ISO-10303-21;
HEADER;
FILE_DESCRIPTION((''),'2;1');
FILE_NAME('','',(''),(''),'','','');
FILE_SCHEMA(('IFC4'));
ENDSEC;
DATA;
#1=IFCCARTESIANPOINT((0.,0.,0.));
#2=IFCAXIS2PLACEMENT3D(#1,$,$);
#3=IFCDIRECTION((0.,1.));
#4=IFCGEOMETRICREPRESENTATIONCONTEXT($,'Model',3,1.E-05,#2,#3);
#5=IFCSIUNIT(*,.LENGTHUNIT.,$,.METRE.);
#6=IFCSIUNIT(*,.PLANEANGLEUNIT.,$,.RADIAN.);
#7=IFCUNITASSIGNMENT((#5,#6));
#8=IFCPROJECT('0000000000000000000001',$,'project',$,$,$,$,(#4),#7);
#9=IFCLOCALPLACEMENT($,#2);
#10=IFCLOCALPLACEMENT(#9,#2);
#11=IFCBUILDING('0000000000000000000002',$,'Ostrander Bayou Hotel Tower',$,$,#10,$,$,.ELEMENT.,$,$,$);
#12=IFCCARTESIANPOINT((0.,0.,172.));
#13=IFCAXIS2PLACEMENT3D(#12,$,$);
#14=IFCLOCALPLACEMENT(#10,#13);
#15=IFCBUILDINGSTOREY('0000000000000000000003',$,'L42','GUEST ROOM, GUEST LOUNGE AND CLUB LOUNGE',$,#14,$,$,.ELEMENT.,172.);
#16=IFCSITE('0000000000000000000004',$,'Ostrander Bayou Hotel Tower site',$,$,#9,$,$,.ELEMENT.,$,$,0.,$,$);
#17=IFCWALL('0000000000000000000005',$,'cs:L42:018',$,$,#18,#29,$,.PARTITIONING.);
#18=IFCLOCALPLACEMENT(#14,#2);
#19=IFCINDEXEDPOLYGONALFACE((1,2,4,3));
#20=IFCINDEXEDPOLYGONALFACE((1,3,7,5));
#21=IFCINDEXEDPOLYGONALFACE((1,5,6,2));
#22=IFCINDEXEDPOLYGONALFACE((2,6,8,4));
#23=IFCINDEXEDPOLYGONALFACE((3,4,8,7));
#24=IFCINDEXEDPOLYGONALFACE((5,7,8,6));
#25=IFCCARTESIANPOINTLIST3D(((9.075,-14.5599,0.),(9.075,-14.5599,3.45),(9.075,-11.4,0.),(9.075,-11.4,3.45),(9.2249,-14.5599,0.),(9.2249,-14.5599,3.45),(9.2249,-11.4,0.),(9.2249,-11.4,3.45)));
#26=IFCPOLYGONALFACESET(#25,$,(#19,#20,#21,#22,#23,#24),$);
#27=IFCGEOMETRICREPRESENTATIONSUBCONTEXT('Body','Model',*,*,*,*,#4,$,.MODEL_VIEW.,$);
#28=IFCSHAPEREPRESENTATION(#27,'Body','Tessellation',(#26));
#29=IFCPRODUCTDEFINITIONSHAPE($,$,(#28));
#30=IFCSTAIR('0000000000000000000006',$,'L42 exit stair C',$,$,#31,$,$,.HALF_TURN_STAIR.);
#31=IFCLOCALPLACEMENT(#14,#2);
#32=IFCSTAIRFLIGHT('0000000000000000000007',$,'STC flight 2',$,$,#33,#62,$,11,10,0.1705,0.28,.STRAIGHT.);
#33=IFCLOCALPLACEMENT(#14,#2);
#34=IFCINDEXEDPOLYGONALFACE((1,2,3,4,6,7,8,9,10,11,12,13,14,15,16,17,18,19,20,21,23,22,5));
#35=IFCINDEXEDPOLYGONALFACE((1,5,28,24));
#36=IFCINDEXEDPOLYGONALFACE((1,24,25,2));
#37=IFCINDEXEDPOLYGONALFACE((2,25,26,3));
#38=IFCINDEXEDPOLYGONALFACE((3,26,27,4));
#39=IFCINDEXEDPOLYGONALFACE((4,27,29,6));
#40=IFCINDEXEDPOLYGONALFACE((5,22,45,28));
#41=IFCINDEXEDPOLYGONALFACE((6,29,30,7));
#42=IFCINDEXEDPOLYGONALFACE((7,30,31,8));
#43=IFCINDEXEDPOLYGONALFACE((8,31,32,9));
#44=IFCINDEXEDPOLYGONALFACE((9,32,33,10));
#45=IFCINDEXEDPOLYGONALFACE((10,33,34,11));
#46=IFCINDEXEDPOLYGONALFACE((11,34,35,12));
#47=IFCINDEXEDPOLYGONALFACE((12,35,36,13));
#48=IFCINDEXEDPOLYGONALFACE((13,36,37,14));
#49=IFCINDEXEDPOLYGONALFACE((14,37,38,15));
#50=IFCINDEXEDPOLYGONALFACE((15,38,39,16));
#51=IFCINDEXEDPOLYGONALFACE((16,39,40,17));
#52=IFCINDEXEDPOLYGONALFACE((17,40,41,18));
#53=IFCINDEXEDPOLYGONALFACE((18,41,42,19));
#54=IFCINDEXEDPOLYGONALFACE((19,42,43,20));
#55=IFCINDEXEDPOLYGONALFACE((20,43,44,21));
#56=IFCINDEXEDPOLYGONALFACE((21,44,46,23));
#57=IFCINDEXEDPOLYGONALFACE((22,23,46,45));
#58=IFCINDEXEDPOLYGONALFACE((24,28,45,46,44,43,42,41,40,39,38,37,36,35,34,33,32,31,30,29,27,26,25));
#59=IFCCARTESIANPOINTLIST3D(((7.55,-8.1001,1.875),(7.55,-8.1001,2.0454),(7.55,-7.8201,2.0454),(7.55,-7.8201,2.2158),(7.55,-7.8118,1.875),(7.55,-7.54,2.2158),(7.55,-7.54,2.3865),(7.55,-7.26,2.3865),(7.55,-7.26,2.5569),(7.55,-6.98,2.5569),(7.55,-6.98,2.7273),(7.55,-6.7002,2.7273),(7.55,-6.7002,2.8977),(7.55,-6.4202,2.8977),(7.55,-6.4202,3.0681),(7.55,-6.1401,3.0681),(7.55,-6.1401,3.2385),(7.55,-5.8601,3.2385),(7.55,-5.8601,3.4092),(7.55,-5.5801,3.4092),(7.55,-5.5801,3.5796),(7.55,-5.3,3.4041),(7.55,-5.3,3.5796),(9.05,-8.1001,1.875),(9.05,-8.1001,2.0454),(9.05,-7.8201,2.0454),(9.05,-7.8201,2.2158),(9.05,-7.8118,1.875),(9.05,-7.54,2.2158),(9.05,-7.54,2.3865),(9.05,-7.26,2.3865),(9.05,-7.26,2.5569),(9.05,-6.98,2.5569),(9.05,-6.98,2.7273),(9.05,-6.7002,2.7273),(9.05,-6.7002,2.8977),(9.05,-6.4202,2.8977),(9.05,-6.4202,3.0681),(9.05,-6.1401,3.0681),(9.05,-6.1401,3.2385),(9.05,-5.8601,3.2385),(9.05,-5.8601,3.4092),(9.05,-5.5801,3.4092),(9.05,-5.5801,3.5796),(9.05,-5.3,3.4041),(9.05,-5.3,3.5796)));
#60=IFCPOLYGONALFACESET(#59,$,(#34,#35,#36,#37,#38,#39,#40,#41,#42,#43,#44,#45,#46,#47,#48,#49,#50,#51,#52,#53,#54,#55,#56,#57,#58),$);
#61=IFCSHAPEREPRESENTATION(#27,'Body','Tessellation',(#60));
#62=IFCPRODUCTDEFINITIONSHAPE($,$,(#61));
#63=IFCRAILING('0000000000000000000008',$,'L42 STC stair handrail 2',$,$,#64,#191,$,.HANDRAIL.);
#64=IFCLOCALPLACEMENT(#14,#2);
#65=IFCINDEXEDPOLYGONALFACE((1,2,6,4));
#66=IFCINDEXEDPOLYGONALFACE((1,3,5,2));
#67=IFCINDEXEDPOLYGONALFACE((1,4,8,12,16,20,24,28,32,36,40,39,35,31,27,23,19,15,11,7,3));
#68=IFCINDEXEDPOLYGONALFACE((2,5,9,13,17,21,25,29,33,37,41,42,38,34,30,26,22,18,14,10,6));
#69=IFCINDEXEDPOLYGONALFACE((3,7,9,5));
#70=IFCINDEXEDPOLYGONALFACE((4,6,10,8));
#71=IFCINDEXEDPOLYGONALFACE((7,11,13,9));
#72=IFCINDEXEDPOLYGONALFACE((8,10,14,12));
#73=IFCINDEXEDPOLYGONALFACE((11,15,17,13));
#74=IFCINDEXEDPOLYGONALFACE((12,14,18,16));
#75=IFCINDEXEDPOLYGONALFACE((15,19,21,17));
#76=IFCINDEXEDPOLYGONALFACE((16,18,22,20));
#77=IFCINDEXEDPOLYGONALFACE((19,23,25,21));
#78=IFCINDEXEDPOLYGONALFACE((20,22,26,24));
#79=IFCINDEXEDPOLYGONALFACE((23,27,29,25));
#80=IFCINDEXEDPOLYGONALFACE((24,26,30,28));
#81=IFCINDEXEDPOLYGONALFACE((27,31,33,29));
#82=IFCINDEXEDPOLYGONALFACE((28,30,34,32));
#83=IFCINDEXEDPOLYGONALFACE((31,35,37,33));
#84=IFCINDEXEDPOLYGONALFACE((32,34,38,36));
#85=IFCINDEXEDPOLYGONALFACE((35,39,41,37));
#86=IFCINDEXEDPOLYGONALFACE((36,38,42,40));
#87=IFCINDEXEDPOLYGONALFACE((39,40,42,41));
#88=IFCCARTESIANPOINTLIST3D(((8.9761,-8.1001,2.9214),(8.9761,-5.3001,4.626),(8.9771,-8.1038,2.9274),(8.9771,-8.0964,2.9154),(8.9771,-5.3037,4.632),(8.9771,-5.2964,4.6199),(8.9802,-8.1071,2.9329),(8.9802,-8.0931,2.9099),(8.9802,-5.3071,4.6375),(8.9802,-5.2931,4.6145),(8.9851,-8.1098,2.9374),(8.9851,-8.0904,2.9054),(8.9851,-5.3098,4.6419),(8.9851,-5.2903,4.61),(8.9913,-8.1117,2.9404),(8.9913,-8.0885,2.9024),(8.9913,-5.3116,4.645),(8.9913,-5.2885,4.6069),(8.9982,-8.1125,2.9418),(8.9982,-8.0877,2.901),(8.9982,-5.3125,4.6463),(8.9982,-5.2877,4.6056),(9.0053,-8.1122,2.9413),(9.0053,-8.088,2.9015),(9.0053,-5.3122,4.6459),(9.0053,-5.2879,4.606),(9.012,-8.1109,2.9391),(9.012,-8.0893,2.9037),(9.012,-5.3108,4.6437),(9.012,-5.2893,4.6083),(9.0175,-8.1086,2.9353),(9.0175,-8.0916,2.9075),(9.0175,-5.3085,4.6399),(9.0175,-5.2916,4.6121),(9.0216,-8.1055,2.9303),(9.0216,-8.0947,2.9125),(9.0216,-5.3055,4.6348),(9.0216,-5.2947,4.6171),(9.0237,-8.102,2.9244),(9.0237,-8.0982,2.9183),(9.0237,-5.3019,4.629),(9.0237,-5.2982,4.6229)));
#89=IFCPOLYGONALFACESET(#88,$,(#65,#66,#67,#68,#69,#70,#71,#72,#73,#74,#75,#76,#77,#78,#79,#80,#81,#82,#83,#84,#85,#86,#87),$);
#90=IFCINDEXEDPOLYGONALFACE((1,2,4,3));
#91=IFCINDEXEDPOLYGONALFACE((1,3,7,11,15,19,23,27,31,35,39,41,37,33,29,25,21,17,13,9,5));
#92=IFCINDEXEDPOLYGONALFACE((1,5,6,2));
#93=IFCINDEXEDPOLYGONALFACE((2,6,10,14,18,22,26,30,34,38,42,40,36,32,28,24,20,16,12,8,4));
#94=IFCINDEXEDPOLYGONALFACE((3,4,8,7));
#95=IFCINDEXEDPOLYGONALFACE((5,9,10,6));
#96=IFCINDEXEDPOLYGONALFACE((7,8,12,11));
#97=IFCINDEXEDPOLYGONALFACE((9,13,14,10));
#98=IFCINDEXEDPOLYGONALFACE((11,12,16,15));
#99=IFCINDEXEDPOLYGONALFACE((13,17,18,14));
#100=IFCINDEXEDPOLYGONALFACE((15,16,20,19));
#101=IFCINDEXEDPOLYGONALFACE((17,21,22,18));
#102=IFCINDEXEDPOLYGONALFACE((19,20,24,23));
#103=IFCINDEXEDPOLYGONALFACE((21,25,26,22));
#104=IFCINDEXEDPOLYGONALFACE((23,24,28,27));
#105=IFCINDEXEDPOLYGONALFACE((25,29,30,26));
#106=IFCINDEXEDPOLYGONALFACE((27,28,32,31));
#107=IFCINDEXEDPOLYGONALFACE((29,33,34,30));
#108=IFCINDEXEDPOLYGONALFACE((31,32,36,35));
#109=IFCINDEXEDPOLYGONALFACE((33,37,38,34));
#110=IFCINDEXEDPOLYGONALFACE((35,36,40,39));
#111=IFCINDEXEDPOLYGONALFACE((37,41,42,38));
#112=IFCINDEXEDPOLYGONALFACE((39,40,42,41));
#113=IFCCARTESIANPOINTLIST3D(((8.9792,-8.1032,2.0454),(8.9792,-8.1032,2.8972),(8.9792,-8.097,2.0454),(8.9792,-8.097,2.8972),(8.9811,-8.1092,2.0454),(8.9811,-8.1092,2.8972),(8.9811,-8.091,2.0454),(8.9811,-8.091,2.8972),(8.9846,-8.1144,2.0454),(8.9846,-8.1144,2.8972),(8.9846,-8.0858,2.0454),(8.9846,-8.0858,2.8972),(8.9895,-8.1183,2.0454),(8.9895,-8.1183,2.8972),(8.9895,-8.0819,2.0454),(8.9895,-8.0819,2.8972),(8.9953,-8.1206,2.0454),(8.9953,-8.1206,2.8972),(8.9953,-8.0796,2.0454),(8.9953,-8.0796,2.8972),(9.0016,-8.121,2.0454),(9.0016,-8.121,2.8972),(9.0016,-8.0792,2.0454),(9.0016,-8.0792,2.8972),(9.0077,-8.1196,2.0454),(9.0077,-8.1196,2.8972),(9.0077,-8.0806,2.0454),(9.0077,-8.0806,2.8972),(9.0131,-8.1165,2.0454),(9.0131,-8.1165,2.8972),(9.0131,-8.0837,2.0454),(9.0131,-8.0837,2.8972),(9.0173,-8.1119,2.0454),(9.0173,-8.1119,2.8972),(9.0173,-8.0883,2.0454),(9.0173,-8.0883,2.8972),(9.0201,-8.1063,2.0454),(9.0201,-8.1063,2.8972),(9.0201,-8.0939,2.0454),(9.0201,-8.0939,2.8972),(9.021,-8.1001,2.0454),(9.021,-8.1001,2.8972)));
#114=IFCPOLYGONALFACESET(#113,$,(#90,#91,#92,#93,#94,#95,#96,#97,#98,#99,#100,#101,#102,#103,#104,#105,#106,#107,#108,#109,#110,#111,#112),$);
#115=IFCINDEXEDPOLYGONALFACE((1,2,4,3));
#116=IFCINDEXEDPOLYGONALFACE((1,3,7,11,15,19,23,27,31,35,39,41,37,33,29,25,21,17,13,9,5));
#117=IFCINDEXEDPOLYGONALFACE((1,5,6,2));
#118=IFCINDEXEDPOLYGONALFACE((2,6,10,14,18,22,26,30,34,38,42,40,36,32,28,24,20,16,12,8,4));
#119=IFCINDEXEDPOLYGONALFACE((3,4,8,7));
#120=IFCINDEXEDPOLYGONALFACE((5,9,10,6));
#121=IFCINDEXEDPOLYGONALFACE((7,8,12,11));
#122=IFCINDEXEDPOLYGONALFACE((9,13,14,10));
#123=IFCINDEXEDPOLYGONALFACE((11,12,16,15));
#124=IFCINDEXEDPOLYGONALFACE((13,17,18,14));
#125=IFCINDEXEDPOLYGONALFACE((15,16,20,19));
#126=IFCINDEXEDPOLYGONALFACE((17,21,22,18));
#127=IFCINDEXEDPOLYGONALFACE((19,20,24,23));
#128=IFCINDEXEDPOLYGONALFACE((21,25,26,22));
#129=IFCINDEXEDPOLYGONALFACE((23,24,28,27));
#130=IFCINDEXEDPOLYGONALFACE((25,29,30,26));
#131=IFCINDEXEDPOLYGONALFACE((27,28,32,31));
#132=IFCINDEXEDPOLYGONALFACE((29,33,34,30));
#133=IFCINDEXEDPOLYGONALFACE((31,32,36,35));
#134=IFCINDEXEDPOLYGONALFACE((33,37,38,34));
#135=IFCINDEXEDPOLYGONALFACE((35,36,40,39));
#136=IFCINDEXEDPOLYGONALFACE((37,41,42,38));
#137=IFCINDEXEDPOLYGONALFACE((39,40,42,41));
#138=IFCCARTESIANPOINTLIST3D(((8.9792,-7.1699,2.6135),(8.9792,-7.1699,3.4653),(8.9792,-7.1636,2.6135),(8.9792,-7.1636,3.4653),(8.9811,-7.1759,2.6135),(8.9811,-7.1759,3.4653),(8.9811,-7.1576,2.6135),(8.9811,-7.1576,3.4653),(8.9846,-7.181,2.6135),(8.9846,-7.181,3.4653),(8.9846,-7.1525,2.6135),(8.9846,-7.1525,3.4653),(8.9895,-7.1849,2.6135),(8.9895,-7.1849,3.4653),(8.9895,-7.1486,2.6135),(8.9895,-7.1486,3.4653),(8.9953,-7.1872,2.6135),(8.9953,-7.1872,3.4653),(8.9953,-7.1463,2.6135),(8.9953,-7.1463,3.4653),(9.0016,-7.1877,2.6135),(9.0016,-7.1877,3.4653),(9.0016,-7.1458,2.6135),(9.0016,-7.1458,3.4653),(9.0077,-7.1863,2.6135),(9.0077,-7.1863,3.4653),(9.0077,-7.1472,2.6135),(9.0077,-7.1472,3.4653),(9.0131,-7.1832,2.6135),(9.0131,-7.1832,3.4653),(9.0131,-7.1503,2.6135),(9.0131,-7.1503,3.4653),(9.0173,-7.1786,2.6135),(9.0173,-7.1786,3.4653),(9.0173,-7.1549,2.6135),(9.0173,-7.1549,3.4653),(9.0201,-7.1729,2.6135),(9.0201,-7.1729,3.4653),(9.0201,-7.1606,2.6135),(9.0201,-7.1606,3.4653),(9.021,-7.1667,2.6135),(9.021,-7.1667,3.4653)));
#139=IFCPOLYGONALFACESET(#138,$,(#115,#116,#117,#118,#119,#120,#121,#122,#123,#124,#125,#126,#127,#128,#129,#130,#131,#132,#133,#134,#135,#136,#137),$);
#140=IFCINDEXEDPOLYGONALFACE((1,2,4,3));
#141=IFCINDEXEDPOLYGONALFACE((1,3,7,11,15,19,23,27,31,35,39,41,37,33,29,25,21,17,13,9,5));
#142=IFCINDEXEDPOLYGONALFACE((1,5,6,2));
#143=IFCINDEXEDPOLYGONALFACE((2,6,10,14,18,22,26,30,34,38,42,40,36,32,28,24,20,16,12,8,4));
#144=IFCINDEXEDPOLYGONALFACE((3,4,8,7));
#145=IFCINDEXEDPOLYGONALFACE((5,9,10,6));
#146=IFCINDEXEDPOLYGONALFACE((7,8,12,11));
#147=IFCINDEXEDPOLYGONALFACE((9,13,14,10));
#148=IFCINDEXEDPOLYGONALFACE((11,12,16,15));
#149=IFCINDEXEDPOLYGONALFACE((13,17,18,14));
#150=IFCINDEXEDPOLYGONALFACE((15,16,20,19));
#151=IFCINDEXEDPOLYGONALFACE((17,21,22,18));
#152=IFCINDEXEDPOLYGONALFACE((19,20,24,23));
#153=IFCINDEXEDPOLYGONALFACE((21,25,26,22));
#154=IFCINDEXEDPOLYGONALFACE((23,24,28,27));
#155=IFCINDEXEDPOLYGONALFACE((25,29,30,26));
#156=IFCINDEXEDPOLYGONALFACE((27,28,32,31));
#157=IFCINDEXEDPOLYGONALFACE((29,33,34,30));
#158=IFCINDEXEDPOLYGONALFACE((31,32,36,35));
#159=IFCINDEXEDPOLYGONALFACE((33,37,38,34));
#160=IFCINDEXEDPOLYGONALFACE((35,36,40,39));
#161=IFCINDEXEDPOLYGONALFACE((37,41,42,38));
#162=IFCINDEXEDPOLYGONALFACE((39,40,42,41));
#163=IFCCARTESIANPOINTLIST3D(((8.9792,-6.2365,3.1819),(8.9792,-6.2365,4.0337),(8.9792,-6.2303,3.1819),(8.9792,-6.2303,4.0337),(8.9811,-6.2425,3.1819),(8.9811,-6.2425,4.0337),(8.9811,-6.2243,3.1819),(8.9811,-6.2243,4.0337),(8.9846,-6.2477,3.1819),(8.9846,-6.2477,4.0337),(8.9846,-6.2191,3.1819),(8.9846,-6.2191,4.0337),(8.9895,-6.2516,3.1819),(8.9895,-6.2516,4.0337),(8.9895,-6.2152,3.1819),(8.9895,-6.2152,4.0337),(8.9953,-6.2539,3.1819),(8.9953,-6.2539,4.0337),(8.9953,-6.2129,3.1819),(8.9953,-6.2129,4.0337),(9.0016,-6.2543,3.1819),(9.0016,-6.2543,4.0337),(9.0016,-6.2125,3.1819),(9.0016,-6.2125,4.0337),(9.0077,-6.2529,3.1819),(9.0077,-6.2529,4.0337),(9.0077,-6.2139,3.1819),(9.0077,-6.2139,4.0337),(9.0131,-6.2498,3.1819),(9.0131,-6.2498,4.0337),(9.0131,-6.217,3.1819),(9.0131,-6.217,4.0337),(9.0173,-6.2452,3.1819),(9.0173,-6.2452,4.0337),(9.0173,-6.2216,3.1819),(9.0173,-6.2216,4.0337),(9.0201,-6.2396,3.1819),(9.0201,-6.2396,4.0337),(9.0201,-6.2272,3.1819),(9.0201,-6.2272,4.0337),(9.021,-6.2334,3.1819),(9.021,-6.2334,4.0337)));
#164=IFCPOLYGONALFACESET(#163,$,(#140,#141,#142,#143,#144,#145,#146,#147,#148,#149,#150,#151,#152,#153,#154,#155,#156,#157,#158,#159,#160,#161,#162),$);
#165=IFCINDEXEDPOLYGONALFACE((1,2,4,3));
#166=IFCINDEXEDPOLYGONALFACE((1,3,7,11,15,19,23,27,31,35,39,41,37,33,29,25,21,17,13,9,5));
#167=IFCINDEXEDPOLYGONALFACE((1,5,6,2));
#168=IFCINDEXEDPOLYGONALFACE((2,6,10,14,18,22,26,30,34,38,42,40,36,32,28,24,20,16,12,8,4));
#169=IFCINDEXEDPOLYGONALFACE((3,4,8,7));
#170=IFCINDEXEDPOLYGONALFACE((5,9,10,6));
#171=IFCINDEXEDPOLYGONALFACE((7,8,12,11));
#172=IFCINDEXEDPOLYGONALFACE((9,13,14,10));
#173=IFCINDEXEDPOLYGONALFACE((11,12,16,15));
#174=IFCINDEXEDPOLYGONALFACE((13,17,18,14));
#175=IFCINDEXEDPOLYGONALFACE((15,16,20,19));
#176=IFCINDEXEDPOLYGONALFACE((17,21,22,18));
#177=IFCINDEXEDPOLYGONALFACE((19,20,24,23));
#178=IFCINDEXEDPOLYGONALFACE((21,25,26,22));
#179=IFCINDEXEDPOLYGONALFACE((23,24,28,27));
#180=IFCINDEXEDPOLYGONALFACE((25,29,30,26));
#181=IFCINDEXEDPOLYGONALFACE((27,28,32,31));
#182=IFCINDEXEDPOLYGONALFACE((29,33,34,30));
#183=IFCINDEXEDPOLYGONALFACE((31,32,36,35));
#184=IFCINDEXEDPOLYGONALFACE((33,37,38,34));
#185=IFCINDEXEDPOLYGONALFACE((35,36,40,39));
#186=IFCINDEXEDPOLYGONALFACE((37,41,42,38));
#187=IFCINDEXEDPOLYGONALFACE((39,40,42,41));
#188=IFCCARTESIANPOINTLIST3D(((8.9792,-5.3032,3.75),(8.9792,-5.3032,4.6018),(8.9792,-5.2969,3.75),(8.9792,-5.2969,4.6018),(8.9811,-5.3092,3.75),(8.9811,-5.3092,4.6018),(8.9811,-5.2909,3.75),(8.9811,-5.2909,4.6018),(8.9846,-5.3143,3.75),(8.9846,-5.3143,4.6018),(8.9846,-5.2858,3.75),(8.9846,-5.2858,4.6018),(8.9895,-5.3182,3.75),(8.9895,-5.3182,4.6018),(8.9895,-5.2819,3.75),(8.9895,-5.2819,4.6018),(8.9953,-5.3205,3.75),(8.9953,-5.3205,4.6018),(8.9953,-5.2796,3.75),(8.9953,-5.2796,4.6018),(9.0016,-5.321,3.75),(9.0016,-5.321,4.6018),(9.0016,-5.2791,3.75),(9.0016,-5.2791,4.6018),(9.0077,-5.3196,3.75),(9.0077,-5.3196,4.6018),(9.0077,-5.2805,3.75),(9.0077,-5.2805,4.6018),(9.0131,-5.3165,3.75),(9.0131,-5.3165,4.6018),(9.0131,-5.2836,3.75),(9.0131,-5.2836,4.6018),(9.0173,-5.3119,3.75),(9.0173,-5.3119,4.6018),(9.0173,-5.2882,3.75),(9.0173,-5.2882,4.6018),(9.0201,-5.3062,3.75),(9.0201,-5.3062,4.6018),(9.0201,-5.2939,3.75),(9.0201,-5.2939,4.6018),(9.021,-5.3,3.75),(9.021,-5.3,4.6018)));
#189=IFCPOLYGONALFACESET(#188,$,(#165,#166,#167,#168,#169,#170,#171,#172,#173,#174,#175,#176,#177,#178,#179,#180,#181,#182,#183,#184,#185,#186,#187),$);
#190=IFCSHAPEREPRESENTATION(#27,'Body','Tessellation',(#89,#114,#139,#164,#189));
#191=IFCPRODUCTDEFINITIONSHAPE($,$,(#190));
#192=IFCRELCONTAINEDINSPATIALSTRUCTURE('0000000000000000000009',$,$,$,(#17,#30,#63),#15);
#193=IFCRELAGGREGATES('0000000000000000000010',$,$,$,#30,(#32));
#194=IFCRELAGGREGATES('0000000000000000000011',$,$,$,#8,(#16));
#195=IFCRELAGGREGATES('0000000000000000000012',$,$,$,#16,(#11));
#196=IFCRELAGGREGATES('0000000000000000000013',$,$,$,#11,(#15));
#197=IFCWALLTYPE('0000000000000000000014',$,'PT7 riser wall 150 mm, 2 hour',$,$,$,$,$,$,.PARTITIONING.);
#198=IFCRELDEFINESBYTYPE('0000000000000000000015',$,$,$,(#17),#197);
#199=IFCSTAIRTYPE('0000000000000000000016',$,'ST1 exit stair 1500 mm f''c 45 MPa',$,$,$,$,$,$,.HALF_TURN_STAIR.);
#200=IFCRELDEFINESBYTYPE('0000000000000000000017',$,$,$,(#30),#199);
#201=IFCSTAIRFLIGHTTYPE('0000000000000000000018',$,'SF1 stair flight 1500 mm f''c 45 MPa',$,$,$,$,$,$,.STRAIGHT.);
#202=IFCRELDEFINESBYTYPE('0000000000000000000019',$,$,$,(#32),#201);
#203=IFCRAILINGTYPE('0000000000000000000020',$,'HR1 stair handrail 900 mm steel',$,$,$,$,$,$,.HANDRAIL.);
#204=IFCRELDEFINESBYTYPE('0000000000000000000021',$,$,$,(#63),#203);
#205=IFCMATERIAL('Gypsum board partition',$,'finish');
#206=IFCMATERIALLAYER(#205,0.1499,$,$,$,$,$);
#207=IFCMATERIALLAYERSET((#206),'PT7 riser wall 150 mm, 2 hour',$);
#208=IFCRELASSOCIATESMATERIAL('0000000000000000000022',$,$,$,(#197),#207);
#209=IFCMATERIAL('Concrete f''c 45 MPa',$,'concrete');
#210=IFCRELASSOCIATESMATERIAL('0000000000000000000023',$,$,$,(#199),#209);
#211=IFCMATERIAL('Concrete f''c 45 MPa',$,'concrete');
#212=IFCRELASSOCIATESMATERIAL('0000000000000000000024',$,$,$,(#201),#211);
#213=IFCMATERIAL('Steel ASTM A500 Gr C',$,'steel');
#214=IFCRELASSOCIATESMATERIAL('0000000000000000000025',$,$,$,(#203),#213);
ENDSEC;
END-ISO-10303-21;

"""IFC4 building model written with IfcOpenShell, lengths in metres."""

from ifc_helpers import new_model, si_unit, direction, frame, frame_2d, origin, origin_2d, place, context, subcontext, project, spatial, polyline, rectangle, circle, outline, extrude, material, layer, layer_set, type_object, element, aggregate, save


model = new_model("IFC4")

# Units and contexts
model_context = context("Model", 3, precision=1e-05, world=origin(), true_north=direction((0.0, 1.0)))
body_context = subcontext(model_context, "Body", "Model", "MODEL_VIEW")
ifc_project = project(units=[si_unit("LENGTHUNIT", "METRE"), si_unit("PLANEANGLEUNIT", "RADIAN")], contexts=[model_context])

# Site, building, storey
site_placement = place(None, origin())
site = spatial("IfcSite", under=ifc_project, at=site_placement, Name="Ostrander Bayou Hotel Tower site", CompositionType="ELEMENT", RefElevation=0.0)
building_placement = place(site_placement, origin())
building = spatial("IfcBuilding", under=site, at=building_placement, Name="Ostrander Bayou Hotel Tower", CompositionType="ELEMENT")
storey_placement = place(building_placement, frame((0.0, 0.0, 172.0)))
storey = spatial("IfcBuildingStorey", under=building, at=storey_placement, Name="L42", Description="GUEST ROOM, GUEST LOUNGE AND CLUB LOUNGE", CompositionType="ELEMENT", Elevation=172.0)

# Wall
ifc_material_1 = material(Name="Gypsum board partition", Category="finish")
ifc_layer_1 = layer(ifc_material_1, 0.1499)
ifc_layer_set_1 = layer_set([ifc_layer_1], Name="PT7 riser wall 150 mm, 2 hour")
wall_type_1 = type_object("IfcWallType", Name="PT7 riser wall 150 mm, 2 hour", PredefinedType="PARTITIONING", material=ifc_layer_set_1)
wall_1_placement = place(storey_placement, frame((9.1499, -11.3999, 0.0), z_axis=(0.0, 0.0, 1.0), x_axis=(0.0, -1.0, 0.0)))
element("IfcWall", 1, at=wall_1_placement, inside=storey, type_object=wall_type_1, Name="cs:L42:018", PredefinedType="PARTITIONING", context=body_context, shape_type="SweptSolid", body=[
    extrude(rectangle(XDim=3.1599, YDim=0.1499, at=frame_2d((1.5801, 0.0))), origin(), (0.0, 0.0, 1.0), 3.45),
])

# Stair, stair flight
ifc_material_2 = material(Name="Concrete f'c 45 MPa", Category="concrete")
stair_type = type_object("IfcStairType", Name="ST1 exit stair 1500 mm f'c 45 MPa", PredefinedType="HALF_TURN_STAIR", material=ifc_material_2)
stair_placement = place(storey_placement, origin())
stair = element("IfcStair", 2, at=stair_placement, inside=storey, type_object=stair_type, Name="L42 exit stair C", PredefinedType="HALF_TURN_STAIR")
ifc_material_3 = material(Name="Concrete f'c 45 MPa", Category="concrete")
stair_flight_type = type_object("IfcStairFlightType", Name="SF1 stair flight 1500 mm f'c 45 MPa", PredefinedType="STRAIGHT", material=ifc_material_3)
stair_flight_placement = place(storey_placement, frame((8.3, -8.1001, 1.875), z_axis=(0.0, 0.0, 1.0), x_axis=(0.0, 1.0, 0.0)))
stair_flight = element("IfcStairFlight", 3, at=stair_flight_placement, type_object=stair_flight_type, Name="STC flight 2", NumberOfRisers=11, NumberOfTreads=10, PredefinedType="STRAIGHT", RiserHeight=0.1705, TreadLength=0.28, context=body_context, shape_type="SweptSolid", body=[
    extrude(outline(polyline([(0.0, 0.0), (0.0, 0.1704), (0.28, 0.1704), (0.28, 0.3408), (0.5601, 0.3408), (0.5601, 0.5115), (0.8401, 0.5115), (0.8401, 0.6819), (1.1201, 0.6819), (1.1201, 0.8523), (1.3999, 0.8523), (1.3999, 1.0227), (1.6799, 1.0227), (1.6799, 1.1931), (1.96, 1.1931), (1.96, 1.3635), (2.24, 1.3635), (2.24, 1.5342), (2.52, 1.5342), (2.52, 1.7046), (2.8, 1.7046), (2.8, 1.875), (2.8, 1.5291), (0.2883, 0.0), (0.0, 0.0)])), frame((0.0, 0.75, 0.0), z_axis=(0.0, -1.0, 0.0), x_axis=(1.0, 0.0, 0.0)), (0.0, 0.0, 1.0), 1.5),
])
aggregate(stair, [stair_flight])

# Railing
ifc_material_4 = material(Name="Steel ASTM A500 Gr C", Category="steel")
railing_type = type_object("IfcRailingType", Name="HR1 stair handrail 900 mm steel", PredefinedType="HANDRAIL", material=ifc_material_4)
railing_placement = place(storey_placement, frame((9.0, -8.1001, 2.0454)))
element("IfcRailing", 4, at=railing_placement, inside=storey, type_object=railing_type, Name="L42 STC stair handrail 2", PredefinedType="HANDRAIL", context=body_context, shape_type="SweptSolid", body=[
    extrude(circle(Radius=0.0239, at=origin_2d()), frame((0.0, 0.0, 0.876), z_axis=(0.0, 0.85417, 0.519994), x_axis=(-1.0, 0.0, 0.0)), (0.0, 0.0, 1.0), 3.2781),
    extrude(circle(Radius=0.021, at=origin_2d()), origin(), (0.0, 0.0, 1.0), 0.8518),
    extrude(circle(Radius=0.021, at=origin_2d()), frame((0.0, 0.9333, 0.5681)), (0.0, 0.0, 1.0), 0.8518),
    extrude(circle(Radius=0.021, at=origin_2d()), frame((0.0, 1.8667, 1.1365)), (0.0, 0.0, 1.0), 0.8518),
    extrude(circle(Radius=0.021, at=origin_2d()), frame((0.0, 2.8, 1.7046)), (0.0, 0.0, 1.0), 0.8518),
])

save(model, "model.ifc")
